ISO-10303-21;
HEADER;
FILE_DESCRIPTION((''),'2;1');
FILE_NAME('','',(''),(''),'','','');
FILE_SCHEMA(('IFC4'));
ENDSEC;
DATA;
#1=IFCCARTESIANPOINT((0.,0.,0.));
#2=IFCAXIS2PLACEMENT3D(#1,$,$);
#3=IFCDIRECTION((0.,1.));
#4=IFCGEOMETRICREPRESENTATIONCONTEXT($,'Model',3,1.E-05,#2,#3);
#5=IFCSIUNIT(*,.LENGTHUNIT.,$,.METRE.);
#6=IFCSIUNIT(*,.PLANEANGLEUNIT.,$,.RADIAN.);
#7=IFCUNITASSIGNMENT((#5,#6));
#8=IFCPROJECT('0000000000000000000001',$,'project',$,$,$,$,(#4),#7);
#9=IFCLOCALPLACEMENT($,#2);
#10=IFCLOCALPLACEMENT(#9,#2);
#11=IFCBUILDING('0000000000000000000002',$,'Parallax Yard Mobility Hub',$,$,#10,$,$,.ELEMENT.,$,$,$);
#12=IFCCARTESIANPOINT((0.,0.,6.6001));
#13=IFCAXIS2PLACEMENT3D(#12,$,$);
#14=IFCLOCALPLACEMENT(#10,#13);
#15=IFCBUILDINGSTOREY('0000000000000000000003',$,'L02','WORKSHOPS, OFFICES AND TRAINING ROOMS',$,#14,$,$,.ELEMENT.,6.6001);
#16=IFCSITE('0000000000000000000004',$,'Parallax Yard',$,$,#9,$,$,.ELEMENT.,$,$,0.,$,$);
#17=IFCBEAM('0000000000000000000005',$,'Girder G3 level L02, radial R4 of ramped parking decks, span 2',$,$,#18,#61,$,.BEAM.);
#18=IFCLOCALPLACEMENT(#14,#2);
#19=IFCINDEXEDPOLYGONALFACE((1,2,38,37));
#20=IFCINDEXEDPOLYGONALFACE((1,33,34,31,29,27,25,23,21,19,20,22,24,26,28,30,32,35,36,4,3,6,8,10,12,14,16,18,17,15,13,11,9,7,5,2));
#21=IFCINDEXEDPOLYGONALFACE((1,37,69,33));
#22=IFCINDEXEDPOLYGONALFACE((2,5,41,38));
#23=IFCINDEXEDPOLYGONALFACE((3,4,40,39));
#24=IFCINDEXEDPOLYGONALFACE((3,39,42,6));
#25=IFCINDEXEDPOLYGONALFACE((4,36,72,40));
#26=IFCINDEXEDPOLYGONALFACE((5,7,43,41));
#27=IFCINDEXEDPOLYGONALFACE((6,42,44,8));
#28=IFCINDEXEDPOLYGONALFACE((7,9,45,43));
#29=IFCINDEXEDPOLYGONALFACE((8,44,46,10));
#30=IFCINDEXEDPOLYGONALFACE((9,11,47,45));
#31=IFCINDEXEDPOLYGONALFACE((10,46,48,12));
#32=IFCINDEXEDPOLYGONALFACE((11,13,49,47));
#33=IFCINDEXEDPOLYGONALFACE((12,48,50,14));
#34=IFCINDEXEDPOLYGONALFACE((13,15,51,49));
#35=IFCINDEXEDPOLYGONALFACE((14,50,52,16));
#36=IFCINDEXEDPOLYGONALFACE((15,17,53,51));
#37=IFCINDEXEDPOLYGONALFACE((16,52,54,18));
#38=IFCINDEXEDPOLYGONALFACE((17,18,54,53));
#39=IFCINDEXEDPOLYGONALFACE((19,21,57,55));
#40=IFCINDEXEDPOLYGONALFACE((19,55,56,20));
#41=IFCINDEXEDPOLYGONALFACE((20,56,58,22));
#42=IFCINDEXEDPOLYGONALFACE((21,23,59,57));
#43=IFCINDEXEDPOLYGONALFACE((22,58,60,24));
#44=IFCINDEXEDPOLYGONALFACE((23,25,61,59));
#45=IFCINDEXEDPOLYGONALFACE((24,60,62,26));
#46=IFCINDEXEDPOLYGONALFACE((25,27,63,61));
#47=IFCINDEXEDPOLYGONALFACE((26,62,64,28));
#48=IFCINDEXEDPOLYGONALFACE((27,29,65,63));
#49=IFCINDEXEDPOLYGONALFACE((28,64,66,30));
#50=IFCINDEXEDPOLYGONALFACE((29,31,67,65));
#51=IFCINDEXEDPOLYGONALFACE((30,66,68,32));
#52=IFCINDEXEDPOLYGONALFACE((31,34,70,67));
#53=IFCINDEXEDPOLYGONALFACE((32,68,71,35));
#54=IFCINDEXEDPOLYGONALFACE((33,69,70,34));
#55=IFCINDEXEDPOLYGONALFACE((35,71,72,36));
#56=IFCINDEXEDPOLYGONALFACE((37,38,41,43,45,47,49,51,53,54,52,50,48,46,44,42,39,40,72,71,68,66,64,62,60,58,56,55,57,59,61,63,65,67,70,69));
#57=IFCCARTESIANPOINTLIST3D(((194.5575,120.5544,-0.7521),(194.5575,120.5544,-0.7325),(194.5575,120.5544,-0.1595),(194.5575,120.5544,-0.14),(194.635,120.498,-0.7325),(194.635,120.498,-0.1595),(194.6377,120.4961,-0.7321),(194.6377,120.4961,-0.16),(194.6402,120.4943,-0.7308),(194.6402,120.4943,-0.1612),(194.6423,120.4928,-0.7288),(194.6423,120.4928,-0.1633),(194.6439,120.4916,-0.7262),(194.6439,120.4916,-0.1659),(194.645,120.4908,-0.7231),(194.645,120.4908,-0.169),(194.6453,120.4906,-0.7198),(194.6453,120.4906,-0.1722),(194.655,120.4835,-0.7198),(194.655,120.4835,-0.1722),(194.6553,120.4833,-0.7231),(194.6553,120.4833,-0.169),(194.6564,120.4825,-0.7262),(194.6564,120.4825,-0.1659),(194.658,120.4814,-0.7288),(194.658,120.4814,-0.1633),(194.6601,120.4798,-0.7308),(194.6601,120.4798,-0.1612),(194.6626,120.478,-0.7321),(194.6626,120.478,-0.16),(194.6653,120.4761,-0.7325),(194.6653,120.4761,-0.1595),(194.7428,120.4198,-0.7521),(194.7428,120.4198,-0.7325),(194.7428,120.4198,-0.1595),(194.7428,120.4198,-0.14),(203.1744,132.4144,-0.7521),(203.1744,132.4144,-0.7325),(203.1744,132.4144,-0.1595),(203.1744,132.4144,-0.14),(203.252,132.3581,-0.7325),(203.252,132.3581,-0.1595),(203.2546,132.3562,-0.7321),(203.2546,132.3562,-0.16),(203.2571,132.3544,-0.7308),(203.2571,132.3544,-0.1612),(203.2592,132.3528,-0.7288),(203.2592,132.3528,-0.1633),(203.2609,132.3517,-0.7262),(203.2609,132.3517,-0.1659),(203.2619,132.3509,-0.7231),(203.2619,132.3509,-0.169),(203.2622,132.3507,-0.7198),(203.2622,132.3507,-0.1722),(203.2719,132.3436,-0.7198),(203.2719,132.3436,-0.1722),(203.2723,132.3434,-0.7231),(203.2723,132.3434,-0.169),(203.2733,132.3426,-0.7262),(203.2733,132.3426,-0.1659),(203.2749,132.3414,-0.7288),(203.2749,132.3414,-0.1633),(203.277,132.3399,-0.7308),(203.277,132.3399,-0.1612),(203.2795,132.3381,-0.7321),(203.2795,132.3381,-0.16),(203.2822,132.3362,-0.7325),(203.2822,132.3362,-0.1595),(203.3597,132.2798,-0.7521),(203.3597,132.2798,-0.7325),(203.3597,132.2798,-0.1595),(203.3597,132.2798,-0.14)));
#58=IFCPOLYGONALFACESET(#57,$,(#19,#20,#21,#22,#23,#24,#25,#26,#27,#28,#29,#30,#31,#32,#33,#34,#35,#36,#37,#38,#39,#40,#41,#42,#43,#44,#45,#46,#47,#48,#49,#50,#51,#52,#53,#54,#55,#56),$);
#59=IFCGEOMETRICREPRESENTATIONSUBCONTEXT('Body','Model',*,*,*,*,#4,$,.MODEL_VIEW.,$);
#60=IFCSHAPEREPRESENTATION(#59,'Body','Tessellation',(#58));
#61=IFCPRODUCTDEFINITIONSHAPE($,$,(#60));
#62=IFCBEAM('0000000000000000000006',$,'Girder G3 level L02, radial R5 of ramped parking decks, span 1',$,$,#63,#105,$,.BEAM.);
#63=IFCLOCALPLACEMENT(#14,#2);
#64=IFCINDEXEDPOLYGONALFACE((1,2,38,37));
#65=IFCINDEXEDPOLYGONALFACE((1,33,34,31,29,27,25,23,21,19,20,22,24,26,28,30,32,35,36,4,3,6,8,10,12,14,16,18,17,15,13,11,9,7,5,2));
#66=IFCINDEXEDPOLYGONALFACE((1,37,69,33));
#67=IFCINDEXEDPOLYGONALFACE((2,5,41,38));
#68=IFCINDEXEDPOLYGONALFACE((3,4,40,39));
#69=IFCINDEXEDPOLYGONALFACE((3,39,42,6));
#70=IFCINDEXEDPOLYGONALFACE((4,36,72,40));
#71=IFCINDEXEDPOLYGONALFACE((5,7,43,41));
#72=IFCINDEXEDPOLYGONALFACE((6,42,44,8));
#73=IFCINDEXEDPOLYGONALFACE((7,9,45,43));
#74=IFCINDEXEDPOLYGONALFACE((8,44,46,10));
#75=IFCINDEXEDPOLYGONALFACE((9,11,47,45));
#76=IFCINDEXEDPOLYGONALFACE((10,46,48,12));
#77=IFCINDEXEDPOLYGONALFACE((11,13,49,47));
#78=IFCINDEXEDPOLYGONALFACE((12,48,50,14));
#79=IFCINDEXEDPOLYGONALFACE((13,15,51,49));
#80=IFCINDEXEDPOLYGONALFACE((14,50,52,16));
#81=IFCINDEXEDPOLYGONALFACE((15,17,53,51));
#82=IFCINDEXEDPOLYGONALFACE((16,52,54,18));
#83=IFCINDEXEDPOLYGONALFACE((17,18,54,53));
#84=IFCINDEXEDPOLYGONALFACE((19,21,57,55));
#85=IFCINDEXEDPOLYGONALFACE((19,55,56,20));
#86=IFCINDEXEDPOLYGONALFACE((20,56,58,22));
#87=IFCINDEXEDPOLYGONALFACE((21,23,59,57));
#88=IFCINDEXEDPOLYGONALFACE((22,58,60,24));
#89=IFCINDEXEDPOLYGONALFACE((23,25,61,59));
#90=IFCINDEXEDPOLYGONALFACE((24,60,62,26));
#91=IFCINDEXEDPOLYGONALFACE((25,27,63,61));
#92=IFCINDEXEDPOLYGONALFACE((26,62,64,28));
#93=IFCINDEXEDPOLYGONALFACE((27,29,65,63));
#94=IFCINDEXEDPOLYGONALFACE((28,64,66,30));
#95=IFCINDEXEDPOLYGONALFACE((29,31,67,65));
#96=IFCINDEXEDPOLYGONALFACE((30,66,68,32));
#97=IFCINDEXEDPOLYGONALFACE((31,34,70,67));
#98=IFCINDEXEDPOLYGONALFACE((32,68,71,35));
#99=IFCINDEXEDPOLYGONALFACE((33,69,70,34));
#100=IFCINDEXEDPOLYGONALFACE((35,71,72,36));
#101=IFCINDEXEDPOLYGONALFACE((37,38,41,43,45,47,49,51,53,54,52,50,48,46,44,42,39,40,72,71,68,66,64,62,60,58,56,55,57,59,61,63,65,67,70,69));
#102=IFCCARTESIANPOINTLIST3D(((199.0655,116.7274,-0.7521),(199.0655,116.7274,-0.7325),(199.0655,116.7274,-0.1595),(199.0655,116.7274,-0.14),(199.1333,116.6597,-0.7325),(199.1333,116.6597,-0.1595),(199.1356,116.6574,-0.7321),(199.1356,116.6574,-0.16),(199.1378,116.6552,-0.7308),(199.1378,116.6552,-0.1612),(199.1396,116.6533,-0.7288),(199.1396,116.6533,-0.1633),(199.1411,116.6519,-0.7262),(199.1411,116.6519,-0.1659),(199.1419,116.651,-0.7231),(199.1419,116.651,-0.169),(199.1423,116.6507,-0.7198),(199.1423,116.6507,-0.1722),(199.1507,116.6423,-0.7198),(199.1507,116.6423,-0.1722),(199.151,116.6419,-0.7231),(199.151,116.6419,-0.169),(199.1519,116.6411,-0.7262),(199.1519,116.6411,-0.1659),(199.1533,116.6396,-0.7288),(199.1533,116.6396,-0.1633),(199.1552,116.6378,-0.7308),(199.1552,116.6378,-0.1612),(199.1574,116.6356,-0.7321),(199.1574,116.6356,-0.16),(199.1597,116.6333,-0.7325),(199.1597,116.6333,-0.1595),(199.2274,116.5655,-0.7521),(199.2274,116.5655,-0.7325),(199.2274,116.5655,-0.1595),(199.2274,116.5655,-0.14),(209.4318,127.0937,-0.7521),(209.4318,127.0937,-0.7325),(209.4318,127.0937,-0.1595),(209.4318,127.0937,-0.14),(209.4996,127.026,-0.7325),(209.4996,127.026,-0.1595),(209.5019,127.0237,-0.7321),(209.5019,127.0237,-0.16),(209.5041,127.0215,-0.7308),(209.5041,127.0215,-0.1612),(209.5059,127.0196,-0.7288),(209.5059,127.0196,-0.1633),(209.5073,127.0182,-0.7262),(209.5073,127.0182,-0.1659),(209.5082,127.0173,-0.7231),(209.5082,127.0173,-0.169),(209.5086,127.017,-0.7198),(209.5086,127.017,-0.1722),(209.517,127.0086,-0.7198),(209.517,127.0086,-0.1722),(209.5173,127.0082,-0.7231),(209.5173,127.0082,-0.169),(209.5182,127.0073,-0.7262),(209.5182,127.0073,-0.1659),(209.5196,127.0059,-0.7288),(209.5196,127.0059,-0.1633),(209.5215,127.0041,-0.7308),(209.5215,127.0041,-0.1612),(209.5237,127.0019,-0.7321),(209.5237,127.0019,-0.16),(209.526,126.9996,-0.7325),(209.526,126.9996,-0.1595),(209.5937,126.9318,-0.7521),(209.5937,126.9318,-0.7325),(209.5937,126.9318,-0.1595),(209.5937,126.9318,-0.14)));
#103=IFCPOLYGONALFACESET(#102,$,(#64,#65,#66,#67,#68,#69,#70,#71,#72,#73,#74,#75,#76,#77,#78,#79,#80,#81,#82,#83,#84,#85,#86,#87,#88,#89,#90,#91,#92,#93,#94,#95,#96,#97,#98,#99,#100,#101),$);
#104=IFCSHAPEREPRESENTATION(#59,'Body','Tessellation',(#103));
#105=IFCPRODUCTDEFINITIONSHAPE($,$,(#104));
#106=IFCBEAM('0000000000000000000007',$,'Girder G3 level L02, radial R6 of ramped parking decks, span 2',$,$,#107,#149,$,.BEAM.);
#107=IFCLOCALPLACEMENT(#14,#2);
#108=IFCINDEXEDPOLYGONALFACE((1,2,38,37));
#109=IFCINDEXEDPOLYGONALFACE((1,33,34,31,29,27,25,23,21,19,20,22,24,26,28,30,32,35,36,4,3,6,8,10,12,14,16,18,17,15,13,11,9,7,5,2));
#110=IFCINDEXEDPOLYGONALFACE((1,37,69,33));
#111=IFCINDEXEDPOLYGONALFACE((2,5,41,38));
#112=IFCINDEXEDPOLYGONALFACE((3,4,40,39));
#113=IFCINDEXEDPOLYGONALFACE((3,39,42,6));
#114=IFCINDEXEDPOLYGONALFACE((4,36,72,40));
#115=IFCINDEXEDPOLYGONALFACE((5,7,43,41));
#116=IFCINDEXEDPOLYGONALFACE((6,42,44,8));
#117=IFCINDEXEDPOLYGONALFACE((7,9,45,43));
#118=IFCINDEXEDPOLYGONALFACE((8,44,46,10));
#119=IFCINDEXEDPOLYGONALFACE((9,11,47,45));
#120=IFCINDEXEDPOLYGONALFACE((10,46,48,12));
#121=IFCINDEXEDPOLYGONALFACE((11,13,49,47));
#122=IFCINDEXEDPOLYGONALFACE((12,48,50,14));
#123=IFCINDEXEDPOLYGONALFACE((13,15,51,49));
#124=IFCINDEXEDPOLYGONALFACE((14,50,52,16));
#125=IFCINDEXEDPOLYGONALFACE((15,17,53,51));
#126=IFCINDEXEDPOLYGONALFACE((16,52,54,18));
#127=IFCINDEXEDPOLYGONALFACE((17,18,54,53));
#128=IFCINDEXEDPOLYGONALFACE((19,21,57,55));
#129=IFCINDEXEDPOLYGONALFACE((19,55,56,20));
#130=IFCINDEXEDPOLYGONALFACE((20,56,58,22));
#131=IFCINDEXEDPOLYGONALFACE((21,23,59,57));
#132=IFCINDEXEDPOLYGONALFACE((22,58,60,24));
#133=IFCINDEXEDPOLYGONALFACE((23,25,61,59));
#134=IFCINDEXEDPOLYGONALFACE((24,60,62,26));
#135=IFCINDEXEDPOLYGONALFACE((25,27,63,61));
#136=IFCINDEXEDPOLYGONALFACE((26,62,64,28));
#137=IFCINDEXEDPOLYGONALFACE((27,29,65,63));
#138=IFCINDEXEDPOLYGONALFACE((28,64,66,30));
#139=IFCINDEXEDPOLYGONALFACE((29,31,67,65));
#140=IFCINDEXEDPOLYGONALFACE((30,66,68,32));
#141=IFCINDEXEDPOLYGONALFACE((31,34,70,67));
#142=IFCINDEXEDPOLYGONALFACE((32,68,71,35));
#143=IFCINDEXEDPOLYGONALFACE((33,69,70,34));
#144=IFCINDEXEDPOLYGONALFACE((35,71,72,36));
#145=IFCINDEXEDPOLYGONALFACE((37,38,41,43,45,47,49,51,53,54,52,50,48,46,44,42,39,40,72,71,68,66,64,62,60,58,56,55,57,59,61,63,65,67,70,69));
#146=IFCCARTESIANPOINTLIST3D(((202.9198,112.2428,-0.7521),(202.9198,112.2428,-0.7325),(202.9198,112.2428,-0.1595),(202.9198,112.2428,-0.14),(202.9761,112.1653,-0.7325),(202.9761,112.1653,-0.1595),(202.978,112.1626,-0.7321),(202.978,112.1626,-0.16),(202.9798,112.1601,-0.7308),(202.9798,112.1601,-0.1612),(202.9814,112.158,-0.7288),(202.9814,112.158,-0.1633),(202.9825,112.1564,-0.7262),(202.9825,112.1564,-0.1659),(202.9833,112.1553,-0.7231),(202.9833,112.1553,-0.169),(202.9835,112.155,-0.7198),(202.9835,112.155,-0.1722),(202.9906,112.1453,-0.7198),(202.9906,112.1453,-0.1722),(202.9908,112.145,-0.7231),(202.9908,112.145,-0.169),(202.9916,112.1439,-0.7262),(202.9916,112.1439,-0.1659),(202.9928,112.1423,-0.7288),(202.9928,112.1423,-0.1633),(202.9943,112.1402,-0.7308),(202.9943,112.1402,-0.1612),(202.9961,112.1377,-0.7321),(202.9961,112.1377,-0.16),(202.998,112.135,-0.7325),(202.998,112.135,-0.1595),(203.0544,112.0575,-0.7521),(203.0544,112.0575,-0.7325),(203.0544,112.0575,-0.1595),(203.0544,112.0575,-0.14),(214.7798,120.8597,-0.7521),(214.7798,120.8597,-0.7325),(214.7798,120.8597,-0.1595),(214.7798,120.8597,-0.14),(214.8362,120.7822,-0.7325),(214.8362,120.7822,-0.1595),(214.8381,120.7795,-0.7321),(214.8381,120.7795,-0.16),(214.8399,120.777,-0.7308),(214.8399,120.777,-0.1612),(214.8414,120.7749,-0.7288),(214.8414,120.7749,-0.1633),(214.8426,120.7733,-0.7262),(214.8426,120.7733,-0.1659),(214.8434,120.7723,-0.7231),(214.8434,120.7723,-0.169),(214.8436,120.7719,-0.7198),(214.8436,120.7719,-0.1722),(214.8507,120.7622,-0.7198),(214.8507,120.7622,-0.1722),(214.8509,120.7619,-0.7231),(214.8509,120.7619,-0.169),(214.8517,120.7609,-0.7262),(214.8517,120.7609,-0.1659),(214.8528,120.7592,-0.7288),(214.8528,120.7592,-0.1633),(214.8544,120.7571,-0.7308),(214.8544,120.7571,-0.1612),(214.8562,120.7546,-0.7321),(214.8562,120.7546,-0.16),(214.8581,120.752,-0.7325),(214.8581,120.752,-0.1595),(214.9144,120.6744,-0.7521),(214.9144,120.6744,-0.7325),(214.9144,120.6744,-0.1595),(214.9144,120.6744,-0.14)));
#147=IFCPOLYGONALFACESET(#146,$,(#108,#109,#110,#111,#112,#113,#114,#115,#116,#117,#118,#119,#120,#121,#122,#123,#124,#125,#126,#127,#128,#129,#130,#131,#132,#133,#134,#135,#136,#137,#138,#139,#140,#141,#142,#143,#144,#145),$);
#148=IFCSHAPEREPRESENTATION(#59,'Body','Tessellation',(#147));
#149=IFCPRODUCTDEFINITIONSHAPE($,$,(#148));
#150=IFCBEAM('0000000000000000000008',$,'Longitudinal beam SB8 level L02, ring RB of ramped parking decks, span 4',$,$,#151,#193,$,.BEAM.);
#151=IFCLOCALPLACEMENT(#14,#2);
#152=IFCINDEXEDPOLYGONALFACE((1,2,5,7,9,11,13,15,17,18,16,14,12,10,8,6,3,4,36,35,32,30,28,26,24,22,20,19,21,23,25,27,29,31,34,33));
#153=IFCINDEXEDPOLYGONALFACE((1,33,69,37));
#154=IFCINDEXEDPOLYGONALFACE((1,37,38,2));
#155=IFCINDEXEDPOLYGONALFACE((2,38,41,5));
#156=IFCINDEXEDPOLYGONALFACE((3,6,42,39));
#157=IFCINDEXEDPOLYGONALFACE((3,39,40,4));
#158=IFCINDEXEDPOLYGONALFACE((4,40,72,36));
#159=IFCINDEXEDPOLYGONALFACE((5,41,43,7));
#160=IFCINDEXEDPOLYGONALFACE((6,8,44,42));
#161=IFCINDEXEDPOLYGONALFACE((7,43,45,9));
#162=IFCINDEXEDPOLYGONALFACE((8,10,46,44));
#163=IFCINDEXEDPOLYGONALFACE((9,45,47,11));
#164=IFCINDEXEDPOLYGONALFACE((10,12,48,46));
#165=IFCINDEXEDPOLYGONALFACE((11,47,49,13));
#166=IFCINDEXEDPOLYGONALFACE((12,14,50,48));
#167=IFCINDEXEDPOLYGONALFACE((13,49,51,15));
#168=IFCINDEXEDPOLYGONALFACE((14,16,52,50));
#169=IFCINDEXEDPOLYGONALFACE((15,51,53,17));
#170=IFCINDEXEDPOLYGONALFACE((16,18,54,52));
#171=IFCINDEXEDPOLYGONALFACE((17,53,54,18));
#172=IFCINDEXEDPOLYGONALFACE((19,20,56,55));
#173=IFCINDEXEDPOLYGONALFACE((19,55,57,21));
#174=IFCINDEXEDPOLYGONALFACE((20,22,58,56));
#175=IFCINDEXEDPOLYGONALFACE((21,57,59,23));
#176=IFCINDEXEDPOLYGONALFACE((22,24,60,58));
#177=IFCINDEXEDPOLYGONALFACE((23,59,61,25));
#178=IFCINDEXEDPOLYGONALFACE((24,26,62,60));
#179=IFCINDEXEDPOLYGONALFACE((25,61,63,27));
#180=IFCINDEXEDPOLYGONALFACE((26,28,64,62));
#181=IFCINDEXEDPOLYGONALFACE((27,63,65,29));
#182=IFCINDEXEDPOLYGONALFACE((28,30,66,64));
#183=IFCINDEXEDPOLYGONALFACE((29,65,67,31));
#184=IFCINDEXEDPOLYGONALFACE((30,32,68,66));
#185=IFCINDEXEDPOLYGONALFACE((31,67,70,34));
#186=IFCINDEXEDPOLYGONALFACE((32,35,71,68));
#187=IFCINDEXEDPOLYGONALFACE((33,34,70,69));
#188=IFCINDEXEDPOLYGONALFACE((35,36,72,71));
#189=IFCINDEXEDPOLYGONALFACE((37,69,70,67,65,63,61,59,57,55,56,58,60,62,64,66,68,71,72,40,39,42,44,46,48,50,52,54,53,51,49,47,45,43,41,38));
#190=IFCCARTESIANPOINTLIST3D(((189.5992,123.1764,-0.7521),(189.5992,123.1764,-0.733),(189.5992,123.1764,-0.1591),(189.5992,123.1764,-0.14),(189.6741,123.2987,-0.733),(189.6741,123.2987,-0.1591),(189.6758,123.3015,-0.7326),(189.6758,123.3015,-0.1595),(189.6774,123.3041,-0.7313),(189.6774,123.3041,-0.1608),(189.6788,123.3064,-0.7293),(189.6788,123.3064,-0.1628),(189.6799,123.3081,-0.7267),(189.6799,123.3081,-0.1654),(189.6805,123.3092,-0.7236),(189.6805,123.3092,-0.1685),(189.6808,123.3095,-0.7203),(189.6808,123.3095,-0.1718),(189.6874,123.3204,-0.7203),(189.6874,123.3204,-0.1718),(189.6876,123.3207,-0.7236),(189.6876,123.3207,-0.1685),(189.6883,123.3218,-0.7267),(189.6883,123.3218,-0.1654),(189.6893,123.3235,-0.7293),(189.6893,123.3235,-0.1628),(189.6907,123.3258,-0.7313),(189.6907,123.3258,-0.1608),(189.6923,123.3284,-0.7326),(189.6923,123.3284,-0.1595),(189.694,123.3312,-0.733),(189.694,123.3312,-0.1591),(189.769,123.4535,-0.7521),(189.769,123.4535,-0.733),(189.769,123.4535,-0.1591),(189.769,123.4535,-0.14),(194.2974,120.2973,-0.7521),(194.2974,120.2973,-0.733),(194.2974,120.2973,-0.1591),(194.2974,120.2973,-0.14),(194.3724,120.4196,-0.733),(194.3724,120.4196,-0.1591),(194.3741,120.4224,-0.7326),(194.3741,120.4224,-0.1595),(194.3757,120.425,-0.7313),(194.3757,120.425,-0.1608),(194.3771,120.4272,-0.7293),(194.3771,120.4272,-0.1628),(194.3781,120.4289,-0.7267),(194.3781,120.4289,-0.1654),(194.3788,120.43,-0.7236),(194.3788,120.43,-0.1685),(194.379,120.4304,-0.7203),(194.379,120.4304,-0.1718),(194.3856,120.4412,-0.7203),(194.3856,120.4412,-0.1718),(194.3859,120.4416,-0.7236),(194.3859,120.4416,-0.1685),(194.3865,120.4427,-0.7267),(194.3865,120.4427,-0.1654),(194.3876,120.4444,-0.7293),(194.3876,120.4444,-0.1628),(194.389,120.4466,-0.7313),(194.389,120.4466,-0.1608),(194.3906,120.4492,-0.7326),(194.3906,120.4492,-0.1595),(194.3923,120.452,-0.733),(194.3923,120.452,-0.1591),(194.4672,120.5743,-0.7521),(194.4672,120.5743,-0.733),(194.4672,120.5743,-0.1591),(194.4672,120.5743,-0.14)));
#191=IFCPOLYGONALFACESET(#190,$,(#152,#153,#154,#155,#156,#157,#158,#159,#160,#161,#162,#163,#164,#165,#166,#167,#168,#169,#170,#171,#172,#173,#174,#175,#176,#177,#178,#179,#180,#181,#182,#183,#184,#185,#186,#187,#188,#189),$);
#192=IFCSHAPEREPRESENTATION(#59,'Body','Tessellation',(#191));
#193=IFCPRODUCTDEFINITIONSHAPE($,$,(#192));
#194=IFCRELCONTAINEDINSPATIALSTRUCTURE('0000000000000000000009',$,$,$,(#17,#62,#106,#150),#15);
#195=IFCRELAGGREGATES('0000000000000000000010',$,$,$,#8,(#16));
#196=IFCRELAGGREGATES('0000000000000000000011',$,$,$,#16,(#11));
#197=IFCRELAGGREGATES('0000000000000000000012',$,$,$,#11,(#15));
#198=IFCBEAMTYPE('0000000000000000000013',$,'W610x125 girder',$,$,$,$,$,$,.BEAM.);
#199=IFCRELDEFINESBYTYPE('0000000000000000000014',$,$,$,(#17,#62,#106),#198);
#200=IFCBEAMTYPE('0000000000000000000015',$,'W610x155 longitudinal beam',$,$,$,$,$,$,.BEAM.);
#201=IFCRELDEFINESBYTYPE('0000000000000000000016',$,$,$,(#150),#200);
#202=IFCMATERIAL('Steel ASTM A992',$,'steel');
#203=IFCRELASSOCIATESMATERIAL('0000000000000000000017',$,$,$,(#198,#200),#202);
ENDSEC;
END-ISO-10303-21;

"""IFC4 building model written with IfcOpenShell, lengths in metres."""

from ifc_helpers import new_model, si_unit, direction, frame, origin, origin_2d, place, context, subcontext, project, spatial, i_section, extrude, material, material_profile, profile_set, type_object, element, save


model = new_model("IFC4")

# Units and contexts
model_context = context("Model", 3, precision=1e-05, world=origin(), true_north=direction((0.0, 1.0)))
body_context = subcontext(model_context, "Body", "Model", "MODEL_VIEW")
ifc_project = project(units=[si_unit("LENGTHUNIT", "METRE"), si_unit("PLANEANGLEUNIT", "RADIAN")], contexts=[model_context])

# Site, building, storey
site_placement = place(None, origin())
site = spatial("IfcSite", under=ifc_project, at=site_placement, Name="Parallax Yard", CompositionType="ELEMENT", RefElevation=0.0)
building_placement = place(site_placement, origin())
building = spatial("IfcBuilding", under=site, at=building_placement, Name="Parallax Yard Mobility Hub", CompositionType="ELEMENT")
storey_placement = place(building_placement, frame((0.0, 0.0, 6.6001)))
storey = spatial("IfcBuildingStorey", under=building, at=storey_placement, Name="L02", Description="WORKSHOPS, OFFICES AND TRAINING ROOMS", CompositionType="ELEMENT", Elevation=6.6001)

# Shared definitions
ifc_material_1 = material(Name="Steel ASTM A992", Category="steel")

# Beams
ifc_material_profile_1 = material_profile(ifc_material_1, i_section(OverallWidth=0.229, OverallDepth=0.6121, WebThickness=0.012, FlangeThickness=0.0195, FilletRadius=0.0127, at=origin_2d()), Name="W610x125")
ifc_profile_set_1 = profile_set([ifc_material_profile_1], Name="Steel ASTM A992")
beam_type_1 = type_object("IfcBeamType", Name="W610x125 girder", PredefinedType="BEAM", material=ifc_profile_set_1)
beam_1_placement = place(storey_placement, frame((194.6501, 120.4871, -0.446), z_axis=(0.587788, 0.809015, 0.0), x_axis=(-0.809015, 0.587788, 0.0)))
element("IfcBeam", 1, at=beam_1_placement, inside=storey, type_object=beam_type_1, Name="Girder G3 level L02, radial R4 of ramped parking decks, span 2", PredefinedType="BEAM", context=body_context, shape_type="SweptSolid", body=[
    extrude(i_section(OverallWidth=0.229, OverallDepth=0.6121, WebThickness=0.012, FlangeThickness=0.0195, FilletRadius=0.0127, at=origin_2d()), origin(), (0.0, 0.0, 1.0), 14.6599),
])
beam_2_placement = place(storey_placement, frame((199.1465, 116.6465, -0.446), z_axis=(0.707107, 0.707107, 0.0), x_axis=(-0.707107, 0.707107, 0.0)))
element("IfcBeam", 2, at=beam_2_placement, inside=storey, type_object=beam_type_1, Name="Girder G3 level L02, radial R5 of ramped parking decks, span 1", PredefinedType="BEAM", context=body_context, shape_type="SweptSolid", body=[
    extrude(i_section(OverallWidth=0.229, OverallDepth=0.6121, WebThickness=0.012, FlangeThickness=0.0195, FilletRadius=0.0127, at=origin_2d()), origin(), (0.0, 0.0, 1.0), 14.6602),
])
beam_3_placement = place(storey_placement, frame((202.9871, 112.1501, -0.446), z_axis=(0.809015, 0.587788, 0.0), x_axis=(-0.587788, 0.809015, 0.0)))
element("IfcBeam", 3, at=beam_3_placement, inside=storey, type_object=beam_type_1, Name="Girder G3 level L02, radial R6 of ramped parking decks, span 2", PredefinedType="BEAM", context=body_context, shape_type="SweptSolid", body=[
    extrude(i_section(OverallWidth=0.229, OverallDepth=0.6121, WebThickness=0.012, FlangeThickness=0.0195, FilletRadius=0.0127, at=origin_2d()), origin(), (0.0, 0.0, 1.0), 14.6599),
])
ifc_material_profile_2 = material_profile(ifc_material_1, i_section(OverallWidth=0.325, OverallDepth=0.6121, WebThickness=0.0127, FlangeThickness=0.019, FilletRadius=0.0127, at=origin_2d()), Name="W610x155")
ifc_profile_set_2 = profile_set([ifc_material_profile_2], Name="Steel ASTM A992")
beam_type_2 = type_object("IfcBeamType", Name="W610x155 longitudinal beam", PredefinedType="BEAM", material=ifc_profile_set_2)
for number, where, z_axis, x_axis, name in (
    (4, (189.6841, 123.3149, -0.446), (0.852635, -0.522507, 0.0), (0.522507, 0.852635, 0.0), "Longitudinal beam SB8 level L02, ring RB of ramped parking decks, span 4"),
):
    element("IfcBeam", number, at=place(storey_placement, frame(where, z_axis=z_axis, x_axis=x_axis)), inside=storey, type_object=beam_type_2, Name=name, PredefinedType="BEAM", context=body_context, shape_type="SweptSolid", body=[
        extrude(i_section(OverallWidth=0.325, OverallDepth=0.6121, WebThickness=0.0127, FlangeThickness=0.019, FilletRadius=0.0127, at=origin_2d()), origin(), (0.0, 0.0, 1.0), 5.5103),
    ])

save(model, "model.ifc")
